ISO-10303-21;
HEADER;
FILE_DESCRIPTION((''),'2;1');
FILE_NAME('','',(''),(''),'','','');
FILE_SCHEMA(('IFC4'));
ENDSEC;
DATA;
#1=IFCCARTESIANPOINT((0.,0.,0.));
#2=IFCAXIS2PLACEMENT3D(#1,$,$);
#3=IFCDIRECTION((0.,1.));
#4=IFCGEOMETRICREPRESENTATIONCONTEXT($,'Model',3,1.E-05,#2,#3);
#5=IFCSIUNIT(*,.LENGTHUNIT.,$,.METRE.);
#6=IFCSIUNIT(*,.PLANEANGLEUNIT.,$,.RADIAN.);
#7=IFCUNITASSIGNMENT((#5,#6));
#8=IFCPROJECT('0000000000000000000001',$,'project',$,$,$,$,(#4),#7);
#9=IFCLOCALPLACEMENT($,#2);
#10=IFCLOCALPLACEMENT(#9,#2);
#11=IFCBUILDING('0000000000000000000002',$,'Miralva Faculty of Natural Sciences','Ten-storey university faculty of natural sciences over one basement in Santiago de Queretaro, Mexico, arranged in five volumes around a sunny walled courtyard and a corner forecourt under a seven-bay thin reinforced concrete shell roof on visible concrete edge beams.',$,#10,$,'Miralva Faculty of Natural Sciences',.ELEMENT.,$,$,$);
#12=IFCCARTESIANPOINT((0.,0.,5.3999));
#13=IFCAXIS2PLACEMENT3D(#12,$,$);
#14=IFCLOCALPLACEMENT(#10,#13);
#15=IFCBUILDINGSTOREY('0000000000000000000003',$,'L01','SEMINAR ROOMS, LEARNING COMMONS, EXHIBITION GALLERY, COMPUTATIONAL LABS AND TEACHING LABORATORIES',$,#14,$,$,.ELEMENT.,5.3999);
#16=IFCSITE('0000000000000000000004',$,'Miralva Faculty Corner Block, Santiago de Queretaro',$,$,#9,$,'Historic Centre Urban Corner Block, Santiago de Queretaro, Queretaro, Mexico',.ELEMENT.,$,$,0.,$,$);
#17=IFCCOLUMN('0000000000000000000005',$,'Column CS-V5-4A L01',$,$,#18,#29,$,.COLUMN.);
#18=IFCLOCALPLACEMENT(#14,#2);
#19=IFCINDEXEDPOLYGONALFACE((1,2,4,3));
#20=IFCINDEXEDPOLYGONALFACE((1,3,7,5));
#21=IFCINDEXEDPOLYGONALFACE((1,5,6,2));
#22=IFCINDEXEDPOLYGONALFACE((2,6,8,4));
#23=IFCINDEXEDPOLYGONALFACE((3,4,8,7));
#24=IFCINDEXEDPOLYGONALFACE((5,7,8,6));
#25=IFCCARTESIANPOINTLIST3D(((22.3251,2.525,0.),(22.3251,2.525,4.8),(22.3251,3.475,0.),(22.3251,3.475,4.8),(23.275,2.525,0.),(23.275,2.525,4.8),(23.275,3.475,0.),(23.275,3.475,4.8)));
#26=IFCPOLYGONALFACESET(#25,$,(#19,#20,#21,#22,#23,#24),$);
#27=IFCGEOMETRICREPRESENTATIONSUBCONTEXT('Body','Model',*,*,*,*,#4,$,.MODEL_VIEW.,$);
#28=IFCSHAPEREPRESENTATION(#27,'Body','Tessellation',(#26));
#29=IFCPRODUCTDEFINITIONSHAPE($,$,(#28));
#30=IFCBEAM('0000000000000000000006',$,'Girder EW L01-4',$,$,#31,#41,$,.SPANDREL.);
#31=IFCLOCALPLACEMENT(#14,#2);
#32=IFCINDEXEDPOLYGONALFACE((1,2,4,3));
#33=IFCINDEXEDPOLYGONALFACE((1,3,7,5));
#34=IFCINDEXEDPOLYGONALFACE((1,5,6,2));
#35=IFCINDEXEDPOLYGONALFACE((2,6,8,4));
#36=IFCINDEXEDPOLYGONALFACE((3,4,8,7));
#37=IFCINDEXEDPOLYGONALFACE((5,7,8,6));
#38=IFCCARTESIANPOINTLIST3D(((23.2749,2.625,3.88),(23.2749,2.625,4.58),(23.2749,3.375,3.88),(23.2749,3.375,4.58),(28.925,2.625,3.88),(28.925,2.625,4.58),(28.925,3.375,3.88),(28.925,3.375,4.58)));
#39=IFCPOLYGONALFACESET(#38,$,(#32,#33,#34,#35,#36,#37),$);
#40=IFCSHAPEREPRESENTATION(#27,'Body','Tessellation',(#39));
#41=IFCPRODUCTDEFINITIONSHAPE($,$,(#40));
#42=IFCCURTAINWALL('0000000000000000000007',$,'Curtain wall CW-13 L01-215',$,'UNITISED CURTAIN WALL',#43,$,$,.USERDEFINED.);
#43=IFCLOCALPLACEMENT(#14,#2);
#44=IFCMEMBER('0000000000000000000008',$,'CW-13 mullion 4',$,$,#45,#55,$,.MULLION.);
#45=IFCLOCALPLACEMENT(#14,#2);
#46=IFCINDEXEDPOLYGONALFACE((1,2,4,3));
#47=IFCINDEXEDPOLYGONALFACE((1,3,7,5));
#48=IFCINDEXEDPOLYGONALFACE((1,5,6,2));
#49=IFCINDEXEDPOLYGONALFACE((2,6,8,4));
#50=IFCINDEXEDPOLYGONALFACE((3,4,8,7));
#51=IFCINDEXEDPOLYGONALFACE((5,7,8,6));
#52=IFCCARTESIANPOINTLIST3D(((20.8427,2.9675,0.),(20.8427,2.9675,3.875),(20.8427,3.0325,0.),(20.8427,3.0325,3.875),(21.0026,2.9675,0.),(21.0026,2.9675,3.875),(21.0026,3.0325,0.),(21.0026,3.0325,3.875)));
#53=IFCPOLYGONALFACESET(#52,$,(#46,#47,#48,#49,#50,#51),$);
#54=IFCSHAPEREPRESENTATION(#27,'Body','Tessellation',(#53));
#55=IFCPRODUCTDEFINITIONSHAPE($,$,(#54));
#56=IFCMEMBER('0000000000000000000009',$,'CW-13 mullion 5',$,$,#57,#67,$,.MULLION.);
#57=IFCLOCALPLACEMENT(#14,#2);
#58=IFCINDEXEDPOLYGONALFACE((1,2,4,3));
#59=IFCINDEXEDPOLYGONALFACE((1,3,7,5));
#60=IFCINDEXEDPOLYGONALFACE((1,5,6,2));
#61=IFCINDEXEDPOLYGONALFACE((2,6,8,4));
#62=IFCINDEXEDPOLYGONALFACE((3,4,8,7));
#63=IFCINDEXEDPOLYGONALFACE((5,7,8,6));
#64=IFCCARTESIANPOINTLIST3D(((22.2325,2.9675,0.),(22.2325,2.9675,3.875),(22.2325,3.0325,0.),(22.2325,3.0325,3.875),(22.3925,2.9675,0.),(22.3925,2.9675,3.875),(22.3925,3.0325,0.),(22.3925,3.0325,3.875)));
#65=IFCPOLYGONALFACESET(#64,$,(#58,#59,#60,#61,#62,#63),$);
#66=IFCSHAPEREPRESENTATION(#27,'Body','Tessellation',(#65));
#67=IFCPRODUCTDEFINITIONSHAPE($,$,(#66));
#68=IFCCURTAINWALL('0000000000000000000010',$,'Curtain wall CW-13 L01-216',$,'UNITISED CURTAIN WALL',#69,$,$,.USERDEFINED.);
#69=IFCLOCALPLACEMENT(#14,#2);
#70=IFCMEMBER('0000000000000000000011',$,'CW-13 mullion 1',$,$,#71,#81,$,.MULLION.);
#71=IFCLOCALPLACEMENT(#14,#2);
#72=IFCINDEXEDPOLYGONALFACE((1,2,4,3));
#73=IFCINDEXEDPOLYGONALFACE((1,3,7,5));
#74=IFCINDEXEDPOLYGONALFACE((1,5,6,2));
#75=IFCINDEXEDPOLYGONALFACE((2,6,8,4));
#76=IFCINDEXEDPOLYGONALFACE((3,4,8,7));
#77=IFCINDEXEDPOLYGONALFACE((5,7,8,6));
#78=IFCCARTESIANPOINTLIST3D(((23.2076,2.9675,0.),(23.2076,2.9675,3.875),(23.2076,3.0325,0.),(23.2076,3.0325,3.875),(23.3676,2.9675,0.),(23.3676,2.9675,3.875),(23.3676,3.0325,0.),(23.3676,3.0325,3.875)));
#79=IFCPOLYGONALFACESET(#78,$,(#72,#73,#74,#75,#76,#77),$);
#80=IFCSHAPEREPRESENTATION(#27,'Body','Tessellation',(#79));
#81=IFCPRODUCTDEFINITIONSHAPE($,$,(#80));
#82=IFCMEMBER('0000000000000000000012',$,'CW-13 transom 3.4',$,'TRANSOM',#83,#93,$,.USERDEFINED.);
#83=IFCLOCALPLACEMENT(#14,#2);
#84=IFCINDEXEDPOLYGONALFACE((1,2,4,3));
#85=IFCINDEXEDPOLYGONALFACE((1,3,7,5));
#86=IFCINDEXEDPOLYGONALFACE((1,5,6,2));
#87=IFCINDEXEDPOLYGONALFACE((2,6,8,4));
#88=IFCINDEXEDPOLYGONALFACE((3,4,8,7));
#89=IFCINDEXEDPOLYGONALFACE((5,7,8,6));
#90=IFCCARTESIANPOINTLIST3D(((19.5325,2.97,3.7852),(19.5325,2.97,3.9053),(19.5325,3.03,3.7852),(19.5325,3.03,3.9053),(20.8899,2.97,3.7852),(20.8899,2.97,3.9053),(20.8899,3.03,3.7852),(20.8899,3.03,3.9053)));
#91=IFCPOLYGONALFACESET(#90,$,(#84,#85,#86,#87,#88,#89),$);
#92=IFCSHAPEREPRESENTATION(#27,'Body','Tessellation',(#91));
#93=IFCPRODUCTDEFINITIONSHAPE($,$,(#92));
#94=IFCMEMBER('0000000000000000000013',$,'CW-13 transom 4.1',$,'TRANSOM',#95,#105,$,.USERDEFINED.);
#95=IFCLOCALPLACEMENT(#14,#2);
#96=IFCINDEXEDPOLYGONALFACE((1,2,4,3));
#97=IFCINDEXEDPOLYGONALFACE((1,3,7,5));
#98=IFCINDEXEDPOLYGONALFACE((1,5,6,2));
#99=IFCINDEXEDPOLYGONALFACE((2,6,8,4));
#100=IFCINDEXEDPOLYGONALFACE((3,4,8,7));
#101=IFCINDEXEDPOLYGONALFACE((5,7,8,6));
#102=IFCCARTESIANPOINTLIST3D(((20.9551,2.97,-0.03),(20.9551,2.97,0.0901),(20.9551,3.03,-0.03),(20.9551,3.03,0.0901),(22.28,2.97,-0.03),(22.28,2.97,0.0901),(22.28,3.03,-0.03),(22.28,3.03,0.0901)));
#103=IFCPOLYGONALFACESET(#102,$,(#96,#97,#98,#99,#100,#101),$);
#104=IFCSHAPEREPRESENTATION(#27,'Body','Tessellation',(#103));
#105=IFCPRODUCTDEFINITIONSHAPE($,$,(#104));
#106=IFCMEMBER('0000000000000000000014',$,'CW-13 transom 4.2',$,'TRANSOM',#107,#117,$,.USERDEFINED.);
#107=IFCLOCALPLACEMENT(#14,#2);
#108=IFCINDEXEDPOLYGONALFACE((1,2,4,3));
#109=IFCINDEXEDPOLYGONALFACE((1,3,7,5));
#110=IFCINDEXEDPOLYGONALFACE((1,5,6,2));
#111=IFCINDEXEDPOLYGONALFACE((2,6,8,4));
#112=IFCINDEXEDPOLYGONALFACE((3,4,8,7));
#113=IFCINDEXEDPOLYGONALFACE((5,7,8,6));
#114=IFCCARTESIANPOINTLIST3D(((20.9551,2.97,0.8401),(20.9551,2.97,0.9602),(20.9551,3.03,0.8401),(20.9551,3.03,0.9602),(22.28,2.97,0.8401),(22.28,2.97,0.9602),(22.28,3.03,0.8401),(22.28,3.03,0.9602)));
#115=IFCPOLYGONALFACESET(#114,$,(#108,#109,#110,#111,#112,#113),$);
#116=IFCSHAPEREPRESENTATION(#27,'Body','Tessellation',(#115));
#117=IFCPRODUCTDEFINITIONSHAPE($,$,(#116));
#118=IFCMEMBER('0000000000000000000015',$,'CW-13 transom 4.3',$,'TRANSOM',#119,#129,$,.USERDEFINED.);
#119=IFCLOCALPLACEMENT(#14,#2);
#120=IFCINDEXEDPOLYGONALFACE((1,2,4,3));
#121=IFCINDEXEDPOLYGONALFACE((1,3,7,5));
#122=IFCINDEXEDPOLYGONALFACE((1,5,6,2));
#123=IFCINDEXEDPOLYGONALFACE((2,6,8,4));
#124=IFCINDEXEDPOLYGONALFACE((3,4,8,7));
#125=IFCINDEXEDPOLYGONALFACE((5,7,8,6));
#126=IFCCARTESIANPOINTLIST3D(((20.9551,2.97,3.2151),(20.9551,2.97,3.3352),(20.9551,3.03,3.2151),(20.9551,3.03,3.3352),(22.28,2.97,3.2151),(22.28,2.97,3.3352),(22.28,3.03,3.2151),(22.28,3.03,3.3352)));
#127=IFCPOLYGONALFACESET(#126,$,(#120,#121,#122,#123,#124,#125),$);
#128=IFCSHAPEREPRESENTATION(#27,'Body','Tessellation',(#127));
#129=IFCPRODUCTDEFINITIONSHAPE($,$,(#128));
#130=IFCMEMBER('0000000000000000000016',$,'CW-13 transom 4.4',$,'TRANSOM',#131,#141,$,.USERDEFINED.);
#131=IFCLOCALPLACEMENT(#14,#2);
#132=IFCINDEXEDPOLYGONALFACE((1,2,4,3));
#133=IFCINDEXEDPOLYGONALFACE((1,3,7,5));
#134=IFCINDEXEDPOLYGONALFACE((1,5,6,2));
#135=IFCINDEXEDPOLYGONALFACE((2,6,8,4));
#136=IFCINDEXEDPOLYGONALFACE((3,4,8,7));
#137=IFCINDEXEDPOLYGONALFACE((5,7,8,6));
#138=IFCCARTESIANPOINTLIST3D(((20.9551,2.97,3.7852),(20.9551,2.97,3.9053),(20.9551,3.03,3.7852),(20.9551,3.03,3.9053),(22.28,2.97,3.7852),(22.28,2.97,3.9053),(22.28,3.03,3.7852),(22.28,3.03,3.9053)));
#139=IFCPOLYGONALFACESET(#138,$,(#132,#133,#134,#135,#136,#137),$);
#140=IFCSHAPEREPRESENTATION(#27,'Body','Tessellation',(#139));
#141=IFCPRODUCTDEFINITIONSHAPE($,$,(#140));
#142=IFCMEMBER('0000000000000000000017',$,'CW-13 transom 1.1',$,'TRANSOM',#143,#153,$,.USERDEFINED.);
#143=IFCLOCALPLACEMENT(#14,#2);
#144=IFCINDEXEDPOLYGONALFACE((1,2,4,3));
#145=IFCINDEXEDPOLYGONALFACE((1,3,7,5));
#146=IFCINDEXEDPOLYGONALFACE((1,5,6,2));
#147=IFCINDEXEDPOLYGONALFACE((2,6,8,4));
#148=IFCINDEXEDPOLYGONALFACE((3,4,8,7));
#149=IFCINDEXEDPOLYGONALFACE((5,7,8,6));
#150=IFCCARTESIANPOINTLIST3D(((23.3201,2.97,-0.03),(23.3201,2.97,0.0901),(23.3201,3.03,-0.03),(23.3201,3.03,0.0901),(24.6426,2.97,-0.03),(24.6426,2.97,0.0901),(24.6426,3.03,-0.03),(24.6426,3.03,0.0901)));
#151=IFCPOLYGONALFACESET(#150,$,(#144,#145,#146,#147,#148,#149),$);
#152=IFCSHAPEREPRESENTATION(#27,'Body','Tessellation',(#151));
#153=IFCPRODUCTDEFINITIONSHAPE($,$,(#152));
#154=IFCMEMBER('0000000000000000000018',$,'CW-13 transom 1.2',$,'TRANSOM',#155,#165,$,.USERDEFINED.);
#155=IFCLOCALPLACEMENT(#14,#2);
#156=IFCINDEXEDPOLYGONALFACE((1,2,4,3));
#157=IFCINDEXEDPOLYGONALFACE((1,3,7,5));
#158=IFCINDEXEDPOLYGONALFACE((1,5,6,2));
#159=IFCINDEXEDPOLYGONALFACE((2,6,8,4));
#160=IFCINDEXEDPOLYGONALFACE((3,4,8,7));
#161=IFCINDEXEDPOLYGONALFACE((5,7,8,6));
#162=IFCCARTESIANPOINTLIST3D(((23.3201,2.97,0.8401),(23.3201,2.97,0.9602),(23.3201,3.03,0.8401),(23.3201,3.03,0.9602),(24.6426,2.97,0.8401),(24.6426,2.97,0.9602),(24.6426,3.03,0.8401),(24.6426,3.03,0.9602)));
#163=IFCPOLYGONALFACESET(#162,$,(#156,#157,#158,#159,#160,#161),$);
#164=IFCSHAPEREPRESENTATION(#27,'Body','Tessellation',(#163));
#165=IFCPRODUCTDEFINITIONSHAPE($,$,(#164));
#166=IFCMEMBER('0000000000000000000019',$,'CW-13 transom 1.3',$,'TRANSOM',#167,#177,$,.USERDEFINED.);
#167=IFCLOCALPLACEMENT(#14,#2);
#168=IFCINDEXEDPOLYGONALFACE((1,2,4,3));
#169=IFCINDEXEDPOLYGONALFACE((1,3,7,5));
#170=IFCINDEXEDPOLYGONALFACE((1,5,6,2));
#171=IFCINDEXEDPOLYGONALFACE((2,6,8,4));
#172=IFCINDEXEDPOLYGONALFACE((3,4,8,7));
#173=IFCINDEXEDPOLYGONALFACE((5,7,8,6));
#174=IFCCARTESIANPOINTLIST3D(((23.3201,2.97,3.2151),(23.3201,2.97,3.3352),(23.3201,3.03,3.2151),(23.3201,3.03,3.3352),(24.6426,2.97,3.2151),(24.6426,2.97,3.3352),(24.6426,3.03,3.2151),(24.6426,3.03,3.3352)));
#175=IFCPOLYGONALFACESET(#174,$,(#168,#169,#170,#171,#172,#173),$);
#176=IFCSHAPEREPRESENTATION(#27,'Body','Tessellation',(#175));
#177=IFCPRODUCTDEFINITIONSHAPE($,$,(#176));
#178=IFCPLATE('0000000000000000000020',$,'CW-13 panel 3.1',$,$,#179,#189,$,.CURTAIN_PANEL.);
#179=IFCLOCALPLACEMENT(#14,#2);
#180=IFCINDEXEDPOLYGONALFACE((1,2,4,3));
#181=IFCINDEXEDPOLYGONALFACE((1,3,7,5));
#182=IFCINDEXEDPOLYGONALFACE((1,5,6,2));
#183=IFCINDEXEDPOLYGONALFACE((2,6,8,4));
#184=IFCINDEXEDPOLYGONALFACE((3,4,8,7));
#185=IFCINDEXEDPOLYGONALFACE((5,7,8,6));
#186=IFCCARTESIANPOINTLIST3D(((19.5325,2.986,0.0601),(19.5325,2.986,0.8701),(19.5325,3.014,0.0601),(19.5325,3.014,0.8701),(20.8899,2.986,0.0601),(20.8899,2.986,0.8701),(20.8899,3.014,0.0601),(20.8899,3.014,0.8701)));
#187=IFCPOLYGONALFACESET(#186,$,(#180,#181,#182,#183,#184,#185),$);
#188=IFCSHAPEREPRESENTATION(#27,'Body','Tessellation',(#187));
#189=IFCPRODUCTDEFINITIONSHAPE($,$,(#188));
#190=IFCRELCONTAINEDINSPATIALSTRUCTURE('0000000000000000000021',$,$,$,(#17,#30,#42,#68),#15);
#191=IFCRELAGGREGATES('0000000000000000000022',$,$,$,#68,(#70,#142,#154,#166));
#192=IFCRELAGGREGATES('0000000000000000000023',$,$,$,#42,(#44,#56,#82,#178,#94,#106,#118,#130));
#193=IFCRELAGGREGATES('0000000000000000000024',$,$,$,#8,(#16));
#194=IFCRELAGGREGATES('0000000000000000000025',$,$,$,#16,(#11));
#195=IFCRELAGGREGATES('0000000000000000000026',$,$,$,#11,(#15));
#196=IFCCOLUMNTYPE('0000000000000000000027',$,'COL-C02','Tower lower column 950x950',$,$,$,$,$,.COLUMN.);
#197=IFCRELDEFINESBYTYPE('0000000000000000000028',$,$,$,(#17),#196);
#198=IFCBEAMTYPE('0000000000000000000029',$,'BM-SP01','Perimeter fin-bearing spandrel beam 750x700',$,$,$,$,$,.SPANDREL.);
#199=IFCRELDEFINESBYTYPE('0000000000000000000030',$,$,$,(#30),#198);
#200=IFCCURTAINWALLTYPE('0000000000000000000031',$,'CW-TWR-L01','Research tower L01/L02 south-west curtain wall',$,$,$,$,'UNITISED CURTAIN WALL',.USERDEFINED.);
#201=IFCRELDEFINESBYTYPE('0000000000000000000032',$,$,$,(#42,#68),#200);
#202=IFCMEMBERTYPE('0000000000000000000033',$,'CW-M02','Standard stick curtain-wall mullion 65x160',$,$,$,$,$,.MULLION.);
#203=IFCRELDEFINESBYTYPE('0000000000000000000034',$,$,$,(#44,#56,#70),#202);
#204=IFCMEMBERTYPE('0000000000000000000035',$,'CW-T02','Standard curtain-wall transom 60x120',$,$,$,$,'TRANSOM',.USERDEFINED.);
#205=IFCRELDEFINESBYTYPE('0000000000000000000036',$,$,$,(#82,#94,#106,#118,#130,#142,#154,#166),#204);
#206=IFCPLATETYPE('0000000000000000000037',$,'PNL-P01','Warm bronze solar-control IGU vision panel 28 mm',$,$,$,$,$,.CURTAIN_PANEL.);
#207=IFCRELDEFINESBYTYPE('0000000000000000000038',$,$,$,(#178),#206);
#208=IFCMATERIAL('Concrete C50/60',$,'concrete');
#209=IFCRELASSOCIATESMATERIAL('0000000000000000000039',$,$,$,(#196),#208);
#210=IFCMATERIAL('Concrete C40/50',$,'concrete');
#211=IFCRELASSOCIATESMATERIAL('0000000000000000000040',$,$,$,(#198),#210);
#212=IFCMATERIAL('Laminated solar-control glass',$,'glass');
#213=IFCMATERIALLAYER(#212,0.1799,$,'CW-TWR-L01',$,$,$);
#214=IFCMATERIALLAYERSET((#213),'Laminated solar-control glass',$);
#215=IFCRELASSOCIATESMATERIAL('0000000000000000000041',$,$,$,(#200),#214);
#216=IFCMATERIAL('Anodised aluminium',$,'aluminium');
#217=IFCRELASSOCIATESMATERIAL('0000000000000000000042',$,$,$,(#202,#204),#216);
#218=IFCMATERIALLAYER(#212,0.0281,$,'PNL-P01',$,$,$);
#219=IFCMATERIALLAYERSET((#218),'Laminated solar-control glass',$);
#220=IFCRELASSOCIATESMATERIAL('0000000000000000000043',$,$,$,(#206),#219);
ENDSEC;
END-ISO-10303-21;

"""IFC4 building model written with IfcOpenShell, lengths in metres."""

from ifc_helpers import new_model, si_unit, direction, frame, origin, origin_2d, place, context, subcontext, project, spatial, rectangle, extrude, material, layer, layer_set, material_profile, profile_set, type_object, element, aggregate, save


model = new_model("IFC4")

# Units and contexts
model_context = context("Model", 3, precision=1e-05, world=origin(), true_north=direction((0.0, 1.0)))
body_context = subcontext(model_context, "Body", "Model", "MODEL_VIEW")
ifc_project = project(units=[si_unit("LENGTHUNIT", "METRE"), si_unit("PLANEANGLEUNIT", "RADIAN")], contexts=[model_context])

# Site, building, storey
site_placement = place(None, origin())
site = spatial("IfcSite", under=ifc_project, at=site_placement, Name="Miralva Faculty Corner Block, Santiago de Queretaro", LongName="Historic Centre Urban Corner Block, Santiago de Queretaro, Queretaro, Mexico", CompositionType="ELEMENT", RefElevation=0.0)
building_placement = place(site_placement, origin())
building = spatial("IfcBuilding", under=site, at=building_placement, Name="Miralva Faculty of Natural Sciences", Description="Ten-storey university faculty of natural sciences over one basement in Santiago de Queretaro, Mexico, arranged in five volumes around a sunny walled courtyard and a corner forecourt under a seven-bay thin reinforced concrete shell roof on visible concrete edge beams.", LongName="Miralva Faculty of Natural Sciences", CompositionType="ELEMENT")
storey_placement = place(building_placement, frame((0.0, 0.0, 5.3999)))
storey = spatial("IfcBuildingStorey", under=building, at=storey_placement, Name="L01", Description="SEMINAR ROOMS, LEARNING COMMONS, EXHIBITION GALLERY, COMPUTATIONAL LABS AND TEACHING LABORATORIES", CompositionType="ELEMENT", Elevation=5.3999)

# Column
ifc_material_1 = material(Name="Concrete C50/60", Category="concrete")
ifc_material_profile_1 = material_profile(ifc_material_1, rectangle(XDim=0.95, YDim=0.95, at=origin_2d()), Name="RC 950x950")
ifc_profile_set_1 = profile_set([ifc_material_profile_1], Name="Concrete C50/60")
column_type = type_object("IfcColumnType", Name="COL-C02", Description="Tower lower column 950x950", PredefinedType="COLUMN", material=ifc_profile_set_1)
column_placement = place(storey_placement, frame((22.8, 3.0, 0.0), z_axis=(0.0, 0.0, 1.0), x_axis=(1.0, 0.0, 0.0)))
element("IfcColumn", 1, at=column_placement, inside=storey, type_object=column_type, Name="Column CS-V5-4A L01", PredefinedType="COLUMN", context=body_context, shape_type="SweptSolid", body=[
    extrude(rectangle(XDim=0.95, YDim=0.95, at=origin_2d()), origin(), (0.0, 0.0, 1.0), 4.8),
])

# Beam
ifc_material_2 = material(Name="Concrete C40/50", Category="concrete")
ifc_material_profile_2 = material_profile(ifc_material_2, rectangle(XDim=0.75, YDim=0.7, at=origin_2d()), Name="RC 750x700")
ifc_profile_set_2 = profile_set([ifc_material_profile_2], Name="Concrete C40/50")
beam_type = type_object("IfcBeamType", Name="BM-SP01", Description="Perimeter fin-bearing spandrel beam 750x700", PredefinedType="SPANDREL", material=ifc_profile_set_2)
beam_placement = place(storey_placement, frame((23.2749, 3.0, 4.23), z_axis=(1.0, 0.0, 0.0), x_axis=(0.0, 1.0, 0.0)))
element("IfcBeam", 2, at=beam_placement, inside=storey, type_object=beam_type, Name="Girder EW L01-4", PredefinedType="SPANDREL", context=body_context, shape_type="SweptSolid", body=[
    extrude(rectangle(XDim=0.75, YDim=0.7, at=origin_2d()), origin(), (0.0, 0.0, 1.0), 5.6501),
])

# Curtain wall, members
ifc_material_3 = material(Name="Laminated solar-control glass", Category="glass")
ifc_layer_1 = layer(ifc_material_3, 0.1799, Name="CW-TWR-L01")
ifc_layer_set_1 = layer_set([ifc_layer_1], Name="Laminated solar-control glass")
curtain_wall_type = type_object("IfcCurtainWallType", Name="CW-TWR-L01", Description="Research tower L01/L02 south-west curtain wall", ElementType="UNITISED CURTAIN WALL", PredefinedType="USERDEFINED", material=ifc_layer_set_1)
curtain_wall_1_placement = place(storey_placement, origin())
curtain_wall_1 = element("IfcCurtainWall", 3, at=curtain_wall_1_placement, inside=storey, type_object=curtain_wall_type, Name="Curtain wall CW-13 L01-215", ObjectType="UNITISED CURTAIN WALL", PredefinedType="USERDEFINED")
ifc_material_4 = material(Name="Anodised aluminium", Category="aluminium")
ifc_material_profile_3 = material_profile(ifc_material_4, rectangle(XDim=0.0649, YDim=0.1599, at=origin_2d()), Name="MULLION 65x160")
ifc_profile_set_3 = profile_set([ifc_material_profile_3], Name="Anodised aluminium")
member_type_1 = type_object("IfcMemberType", Name="CW-M02", Description="Standard stick curtain-wall mullion 65x160", PredefinedType="MULLION", material=ifc_profile_set_3)
member_1_placement = place(storey_placement, frame((20.9226, 3.0, 0.0), z_axis=(0.0, 0.0, 1.0), x_axis=(0.0, 1.0, 0.0)))
member_1 = element("IfcMember", 4, at=member_1_placement, type_object=member_type_1, Name="CW-13 mullion 4", PredefinedType="MULLION", context=body_context, shape_type="SweptSolid", body=[
    extrude(rectangle(XDim=0.0649, YDim=0.1599, at=origin_2d()), origin(), (0.0, 0.0, 1.0), 3.875),
])
member_2_placement = place(storey_placement, frame((22.3125, 3.0, 0.0), z_axis=(0.0, 0.0, 1.0), x_axis=(0.0, 1.0, 0.0)))
member_2 = element("IfcMember", 5, at=member_2_placement, type_object=member_type_1, Name="CW-13 mullion 5", PredefinedType="MULLION", context=body_context, shape_type="SweptSolid", body=[
    extrude(rectangle(XDim=0.0649, YDim=0.1599, at=origin_2d()), origin(), (0.0, 0.0, 1.0), 3.875),
])

# Curtain wall, member
curtain_wall_2_placement = place(storey_placement, origin())
curtain_wall_2 = element("IfcCurtainWall", 6, at=curtain_wall_2_placement, inside=storey, type_object=curtain_wall_type, Name="Curtain wall CW-13 L01-216", ObjectType="UNITISED CURTAIN WALL", PredefinedType="USERDEFINED")
member_3_placement = place(storey_placement, frame((23.2876, 3.0, 0.0), z_axis=(0.0, 0.0, 1.0), x_axis=(0.0, 1.0, 0.0)))
member_3 = element("IfcMember", 7, at=member_3_placement, type_object=member_type_1, Name="CW-13 mullion 1", PredefinedType="MULLION", context=body_context, shape_type="SweptSolid", body=[
    extrude(rectangle(XDim=0.0649, YDim=0.1599, at=origin_2d()), origin(), (0.0, 0.0, 1.0), 3.875),
])

# Members
ifc_material_profile_4 = material_profile(ifc_material_4, rectangle(XDim=0.0601, YDim=0.1201, at=origin_2d()), Name="TRANSOM 60x120")
ifc_profile_set_4 = profile_set([ifc_material_profile_4], Name="Anodised aluminium")
member_type_2 = type_object("IfcMemberType", Name="CW-T02", Description="Standard curtain-wall transom 60x120", ElementType="TRANSOM", PredefinedType="USERDEFINED", material=ifc_profile_set_4)
member_4_placement = place(storey_placement, frame((19.5325, 3.0, 3.8452), z_axis=(1.0, 0.0, 0.0), x_axis=(0.0, 1.0, 0.0)))
member_4 = element("IfcMember", 8, at=member_4_placement, type_object=member_type_2, Name="CW-13 transom 3.4", ObjectType="TRANSOM", PredefinedType="USERDEFINED", context=body_context, shape_type="SweptSolid", body=[
    extrude(rectangle(XDim=0.0601, YDim=0.1201, at=origin_2d()), origin(), (0.0, 0.0, 1.0), 1.3574),
])
member_5_placement = place(storey_placement, frame((20.9551, 3.0, 0.03), z_axis=(1.0, 0.0, 0.0), x_axis=(0.0, 1.0, 0.0)))
member_5 = element("IfcMember", 9, at=member_5_placement, type_object=member_type_2, Name="CW-13 transom 4.1", ObjectType="TRANSOM", PredefinedType="USERDEFINED", context=body_context, shape_type="SweptSolid", body=[
    extrude(rectangle(XDim=0.0601, YDim=0.1201, at=origin_2d()), origin(), (0.0, 0.0, 1.0), 1.325),
])
member_6_placement = place(storey_placement, frame((20.9551, 3.0, 0.9001), z_axis=(1.0, 0.0, 0.0), x_axis=(0.0, 1.0, 0.0)))
member_6 = element("IfcMember", 10, at=member_6_placement, type_object=member_type_2, Name="CW-13 transom 4.2", ObjectType="TRANSOM", PredefinedType="USERDEFINED", context=body_context, shape_type="SweptSolid", body=[
    extrude(rectangle(XDim=0.0601, YDim=0.1201, at=origin_2d()), origin(), (0.0, 0.0, 1.0), 1.325),
])
member_7_placement = place(storey_placement, frame((20.9551, 3.0, 3.2751), z_axis=(1.0, 0.0, 0.0), x_axis=(0.0, 1.0, 0.0)))
member_7 = element("IfcMember", 11, at=member_7_placement, type_object=member_type_2, Name="CW-13 transom 4.3", ObjectType="TRANSOM", PredefinedType="USERDEFINED", context=body_context, shape_type="SweptSolid", body=[
    extrude(rectangle(XDim=0.0601, YDim=0.1201, at=origin_2d()), origin(), (0.0, 0.0, 1.0), 1.325),
])
member_8_placement = place(storey_placement, frame((20.9551, 3.0, 3.8452), z_axis=(1.0, 0.0, 0.0), x_axis=(0.0, 1.0, 0.0)))
member_8 = element("IfcMember", 12, at=member_8_placement, type_object=member_type_2, Name="CW-13 transom 4.4", ObjectType="TRANSOM", PredefinedType="USERDEFINED", context=body_context, shape_type="SweptSolid", body=[
    extrude(rectangle(XDim=0.0601, YDim=0.1201, at=origin_2d()), origin(), (0.0, 0.0, 1.0), 1.325),
])
member_9_placement = place(storey_placement, frame((23.3201, 3.0, 0.03), z_axis=(1.0, 0.0, 0.0), x_axis=(0.0, 1.0, 0.0)))
member_9 = element("IfcMember", 13, at=member_9_placement, type_object=member_type_2, Name="CW-13 transom 1.1", ObjectType="TRANSOM", PredefinedType="USERDEFINED", context=body_context, shape_type="SweptSolid", body=[
    extrude(rectangle(XDim=0.0601, YDim=0.1201, at=origin_2d()), origin(), (0.0, 0.0, 1.0), 1.3225),
])
member_10_placement = place(storey_placement, frame((23.3201, 3.0, 0.9001), z_axis=(1.0, 0.0, 0.0), x_axis=(0.0, 1.0, 0.0)))
member_10 = element("IfcMember", 14, at=member_10_placement, type_object=member_type_2, Name="CW-13 transom 1.2", ObjectType="TRANSOM", PredefinedType="USERDEFINED", context=body_context, shape_type="SweptSolid", body=[
    extrude(rectangle(XDim=0.0601, YDim=0.1201, at=origin_2d()), origin(), (0.0, 0.0, 1.0), 1.3225),
])
member_11_placement = place(storey_placement, frame((23.3201, 3.0, 3.2751), z_axis=(1.0, 0.0, 0.0), x_axis=(0.0, 1.0, 0.0)))
member_11 = element("IfcMember", 15, at=member_11_placement, type_object=member_type_2, Name="CW-13 transom 1.3", ObjectType="TRANSOM", PredefinedType="USERDEFINED", context=body_context, shape_type="SweptSolid", body=[
    extrude(rectangle(XDim=0.0601, YDim=0.1201, at=origin_2d()), origin(), (0.0, 0.0, 1.0), 1.3225),
])
aggregate(curtain_wall_2, [member_3, member_9, member_10, member_11])

# Plate
ifc_layer_2 = layer(ifc_material_3, 0.0281, Name="PNL-P01")
ifc_layer_set_2 = layer_set([ifc_layer_2], Name="Laminated solar-control glass")
plate_type = type_object("IfcPlateType", Name="PNL-P01", Description="Warm bronze solar-control IGU vision panel 28 mm", PredefinedType="CURTAIN_PANEL", material=ifc_layer_set_2)
plate_1_placement = place(storey_placement, frame((20.2112, 3.0, 0.0601), z_axis=(0.0, 0.0, 1.0), x_axis=(1.0, 0.0, 0.0)))
plate_1 = element("IfcPlate", 16, at=plate_1_placement, type_object=plate_type, Name="CW-13 panel 3.1", PredefinedType="CURTAIN_PANEL", context=body_context, shape_type="SweptSolid", body=[
    extrude(rectangle(XDim=1.3574, YDim=0.0281, at=origin_2d()), origin(), (0.0, 0.0, 1.0), 0.8101),
])
aggregate(curtain_wall_1, [member_1, member_2, member_4, plate_1, member_5, member_6, member_7, member_8])

save(model, "model.ifc")
